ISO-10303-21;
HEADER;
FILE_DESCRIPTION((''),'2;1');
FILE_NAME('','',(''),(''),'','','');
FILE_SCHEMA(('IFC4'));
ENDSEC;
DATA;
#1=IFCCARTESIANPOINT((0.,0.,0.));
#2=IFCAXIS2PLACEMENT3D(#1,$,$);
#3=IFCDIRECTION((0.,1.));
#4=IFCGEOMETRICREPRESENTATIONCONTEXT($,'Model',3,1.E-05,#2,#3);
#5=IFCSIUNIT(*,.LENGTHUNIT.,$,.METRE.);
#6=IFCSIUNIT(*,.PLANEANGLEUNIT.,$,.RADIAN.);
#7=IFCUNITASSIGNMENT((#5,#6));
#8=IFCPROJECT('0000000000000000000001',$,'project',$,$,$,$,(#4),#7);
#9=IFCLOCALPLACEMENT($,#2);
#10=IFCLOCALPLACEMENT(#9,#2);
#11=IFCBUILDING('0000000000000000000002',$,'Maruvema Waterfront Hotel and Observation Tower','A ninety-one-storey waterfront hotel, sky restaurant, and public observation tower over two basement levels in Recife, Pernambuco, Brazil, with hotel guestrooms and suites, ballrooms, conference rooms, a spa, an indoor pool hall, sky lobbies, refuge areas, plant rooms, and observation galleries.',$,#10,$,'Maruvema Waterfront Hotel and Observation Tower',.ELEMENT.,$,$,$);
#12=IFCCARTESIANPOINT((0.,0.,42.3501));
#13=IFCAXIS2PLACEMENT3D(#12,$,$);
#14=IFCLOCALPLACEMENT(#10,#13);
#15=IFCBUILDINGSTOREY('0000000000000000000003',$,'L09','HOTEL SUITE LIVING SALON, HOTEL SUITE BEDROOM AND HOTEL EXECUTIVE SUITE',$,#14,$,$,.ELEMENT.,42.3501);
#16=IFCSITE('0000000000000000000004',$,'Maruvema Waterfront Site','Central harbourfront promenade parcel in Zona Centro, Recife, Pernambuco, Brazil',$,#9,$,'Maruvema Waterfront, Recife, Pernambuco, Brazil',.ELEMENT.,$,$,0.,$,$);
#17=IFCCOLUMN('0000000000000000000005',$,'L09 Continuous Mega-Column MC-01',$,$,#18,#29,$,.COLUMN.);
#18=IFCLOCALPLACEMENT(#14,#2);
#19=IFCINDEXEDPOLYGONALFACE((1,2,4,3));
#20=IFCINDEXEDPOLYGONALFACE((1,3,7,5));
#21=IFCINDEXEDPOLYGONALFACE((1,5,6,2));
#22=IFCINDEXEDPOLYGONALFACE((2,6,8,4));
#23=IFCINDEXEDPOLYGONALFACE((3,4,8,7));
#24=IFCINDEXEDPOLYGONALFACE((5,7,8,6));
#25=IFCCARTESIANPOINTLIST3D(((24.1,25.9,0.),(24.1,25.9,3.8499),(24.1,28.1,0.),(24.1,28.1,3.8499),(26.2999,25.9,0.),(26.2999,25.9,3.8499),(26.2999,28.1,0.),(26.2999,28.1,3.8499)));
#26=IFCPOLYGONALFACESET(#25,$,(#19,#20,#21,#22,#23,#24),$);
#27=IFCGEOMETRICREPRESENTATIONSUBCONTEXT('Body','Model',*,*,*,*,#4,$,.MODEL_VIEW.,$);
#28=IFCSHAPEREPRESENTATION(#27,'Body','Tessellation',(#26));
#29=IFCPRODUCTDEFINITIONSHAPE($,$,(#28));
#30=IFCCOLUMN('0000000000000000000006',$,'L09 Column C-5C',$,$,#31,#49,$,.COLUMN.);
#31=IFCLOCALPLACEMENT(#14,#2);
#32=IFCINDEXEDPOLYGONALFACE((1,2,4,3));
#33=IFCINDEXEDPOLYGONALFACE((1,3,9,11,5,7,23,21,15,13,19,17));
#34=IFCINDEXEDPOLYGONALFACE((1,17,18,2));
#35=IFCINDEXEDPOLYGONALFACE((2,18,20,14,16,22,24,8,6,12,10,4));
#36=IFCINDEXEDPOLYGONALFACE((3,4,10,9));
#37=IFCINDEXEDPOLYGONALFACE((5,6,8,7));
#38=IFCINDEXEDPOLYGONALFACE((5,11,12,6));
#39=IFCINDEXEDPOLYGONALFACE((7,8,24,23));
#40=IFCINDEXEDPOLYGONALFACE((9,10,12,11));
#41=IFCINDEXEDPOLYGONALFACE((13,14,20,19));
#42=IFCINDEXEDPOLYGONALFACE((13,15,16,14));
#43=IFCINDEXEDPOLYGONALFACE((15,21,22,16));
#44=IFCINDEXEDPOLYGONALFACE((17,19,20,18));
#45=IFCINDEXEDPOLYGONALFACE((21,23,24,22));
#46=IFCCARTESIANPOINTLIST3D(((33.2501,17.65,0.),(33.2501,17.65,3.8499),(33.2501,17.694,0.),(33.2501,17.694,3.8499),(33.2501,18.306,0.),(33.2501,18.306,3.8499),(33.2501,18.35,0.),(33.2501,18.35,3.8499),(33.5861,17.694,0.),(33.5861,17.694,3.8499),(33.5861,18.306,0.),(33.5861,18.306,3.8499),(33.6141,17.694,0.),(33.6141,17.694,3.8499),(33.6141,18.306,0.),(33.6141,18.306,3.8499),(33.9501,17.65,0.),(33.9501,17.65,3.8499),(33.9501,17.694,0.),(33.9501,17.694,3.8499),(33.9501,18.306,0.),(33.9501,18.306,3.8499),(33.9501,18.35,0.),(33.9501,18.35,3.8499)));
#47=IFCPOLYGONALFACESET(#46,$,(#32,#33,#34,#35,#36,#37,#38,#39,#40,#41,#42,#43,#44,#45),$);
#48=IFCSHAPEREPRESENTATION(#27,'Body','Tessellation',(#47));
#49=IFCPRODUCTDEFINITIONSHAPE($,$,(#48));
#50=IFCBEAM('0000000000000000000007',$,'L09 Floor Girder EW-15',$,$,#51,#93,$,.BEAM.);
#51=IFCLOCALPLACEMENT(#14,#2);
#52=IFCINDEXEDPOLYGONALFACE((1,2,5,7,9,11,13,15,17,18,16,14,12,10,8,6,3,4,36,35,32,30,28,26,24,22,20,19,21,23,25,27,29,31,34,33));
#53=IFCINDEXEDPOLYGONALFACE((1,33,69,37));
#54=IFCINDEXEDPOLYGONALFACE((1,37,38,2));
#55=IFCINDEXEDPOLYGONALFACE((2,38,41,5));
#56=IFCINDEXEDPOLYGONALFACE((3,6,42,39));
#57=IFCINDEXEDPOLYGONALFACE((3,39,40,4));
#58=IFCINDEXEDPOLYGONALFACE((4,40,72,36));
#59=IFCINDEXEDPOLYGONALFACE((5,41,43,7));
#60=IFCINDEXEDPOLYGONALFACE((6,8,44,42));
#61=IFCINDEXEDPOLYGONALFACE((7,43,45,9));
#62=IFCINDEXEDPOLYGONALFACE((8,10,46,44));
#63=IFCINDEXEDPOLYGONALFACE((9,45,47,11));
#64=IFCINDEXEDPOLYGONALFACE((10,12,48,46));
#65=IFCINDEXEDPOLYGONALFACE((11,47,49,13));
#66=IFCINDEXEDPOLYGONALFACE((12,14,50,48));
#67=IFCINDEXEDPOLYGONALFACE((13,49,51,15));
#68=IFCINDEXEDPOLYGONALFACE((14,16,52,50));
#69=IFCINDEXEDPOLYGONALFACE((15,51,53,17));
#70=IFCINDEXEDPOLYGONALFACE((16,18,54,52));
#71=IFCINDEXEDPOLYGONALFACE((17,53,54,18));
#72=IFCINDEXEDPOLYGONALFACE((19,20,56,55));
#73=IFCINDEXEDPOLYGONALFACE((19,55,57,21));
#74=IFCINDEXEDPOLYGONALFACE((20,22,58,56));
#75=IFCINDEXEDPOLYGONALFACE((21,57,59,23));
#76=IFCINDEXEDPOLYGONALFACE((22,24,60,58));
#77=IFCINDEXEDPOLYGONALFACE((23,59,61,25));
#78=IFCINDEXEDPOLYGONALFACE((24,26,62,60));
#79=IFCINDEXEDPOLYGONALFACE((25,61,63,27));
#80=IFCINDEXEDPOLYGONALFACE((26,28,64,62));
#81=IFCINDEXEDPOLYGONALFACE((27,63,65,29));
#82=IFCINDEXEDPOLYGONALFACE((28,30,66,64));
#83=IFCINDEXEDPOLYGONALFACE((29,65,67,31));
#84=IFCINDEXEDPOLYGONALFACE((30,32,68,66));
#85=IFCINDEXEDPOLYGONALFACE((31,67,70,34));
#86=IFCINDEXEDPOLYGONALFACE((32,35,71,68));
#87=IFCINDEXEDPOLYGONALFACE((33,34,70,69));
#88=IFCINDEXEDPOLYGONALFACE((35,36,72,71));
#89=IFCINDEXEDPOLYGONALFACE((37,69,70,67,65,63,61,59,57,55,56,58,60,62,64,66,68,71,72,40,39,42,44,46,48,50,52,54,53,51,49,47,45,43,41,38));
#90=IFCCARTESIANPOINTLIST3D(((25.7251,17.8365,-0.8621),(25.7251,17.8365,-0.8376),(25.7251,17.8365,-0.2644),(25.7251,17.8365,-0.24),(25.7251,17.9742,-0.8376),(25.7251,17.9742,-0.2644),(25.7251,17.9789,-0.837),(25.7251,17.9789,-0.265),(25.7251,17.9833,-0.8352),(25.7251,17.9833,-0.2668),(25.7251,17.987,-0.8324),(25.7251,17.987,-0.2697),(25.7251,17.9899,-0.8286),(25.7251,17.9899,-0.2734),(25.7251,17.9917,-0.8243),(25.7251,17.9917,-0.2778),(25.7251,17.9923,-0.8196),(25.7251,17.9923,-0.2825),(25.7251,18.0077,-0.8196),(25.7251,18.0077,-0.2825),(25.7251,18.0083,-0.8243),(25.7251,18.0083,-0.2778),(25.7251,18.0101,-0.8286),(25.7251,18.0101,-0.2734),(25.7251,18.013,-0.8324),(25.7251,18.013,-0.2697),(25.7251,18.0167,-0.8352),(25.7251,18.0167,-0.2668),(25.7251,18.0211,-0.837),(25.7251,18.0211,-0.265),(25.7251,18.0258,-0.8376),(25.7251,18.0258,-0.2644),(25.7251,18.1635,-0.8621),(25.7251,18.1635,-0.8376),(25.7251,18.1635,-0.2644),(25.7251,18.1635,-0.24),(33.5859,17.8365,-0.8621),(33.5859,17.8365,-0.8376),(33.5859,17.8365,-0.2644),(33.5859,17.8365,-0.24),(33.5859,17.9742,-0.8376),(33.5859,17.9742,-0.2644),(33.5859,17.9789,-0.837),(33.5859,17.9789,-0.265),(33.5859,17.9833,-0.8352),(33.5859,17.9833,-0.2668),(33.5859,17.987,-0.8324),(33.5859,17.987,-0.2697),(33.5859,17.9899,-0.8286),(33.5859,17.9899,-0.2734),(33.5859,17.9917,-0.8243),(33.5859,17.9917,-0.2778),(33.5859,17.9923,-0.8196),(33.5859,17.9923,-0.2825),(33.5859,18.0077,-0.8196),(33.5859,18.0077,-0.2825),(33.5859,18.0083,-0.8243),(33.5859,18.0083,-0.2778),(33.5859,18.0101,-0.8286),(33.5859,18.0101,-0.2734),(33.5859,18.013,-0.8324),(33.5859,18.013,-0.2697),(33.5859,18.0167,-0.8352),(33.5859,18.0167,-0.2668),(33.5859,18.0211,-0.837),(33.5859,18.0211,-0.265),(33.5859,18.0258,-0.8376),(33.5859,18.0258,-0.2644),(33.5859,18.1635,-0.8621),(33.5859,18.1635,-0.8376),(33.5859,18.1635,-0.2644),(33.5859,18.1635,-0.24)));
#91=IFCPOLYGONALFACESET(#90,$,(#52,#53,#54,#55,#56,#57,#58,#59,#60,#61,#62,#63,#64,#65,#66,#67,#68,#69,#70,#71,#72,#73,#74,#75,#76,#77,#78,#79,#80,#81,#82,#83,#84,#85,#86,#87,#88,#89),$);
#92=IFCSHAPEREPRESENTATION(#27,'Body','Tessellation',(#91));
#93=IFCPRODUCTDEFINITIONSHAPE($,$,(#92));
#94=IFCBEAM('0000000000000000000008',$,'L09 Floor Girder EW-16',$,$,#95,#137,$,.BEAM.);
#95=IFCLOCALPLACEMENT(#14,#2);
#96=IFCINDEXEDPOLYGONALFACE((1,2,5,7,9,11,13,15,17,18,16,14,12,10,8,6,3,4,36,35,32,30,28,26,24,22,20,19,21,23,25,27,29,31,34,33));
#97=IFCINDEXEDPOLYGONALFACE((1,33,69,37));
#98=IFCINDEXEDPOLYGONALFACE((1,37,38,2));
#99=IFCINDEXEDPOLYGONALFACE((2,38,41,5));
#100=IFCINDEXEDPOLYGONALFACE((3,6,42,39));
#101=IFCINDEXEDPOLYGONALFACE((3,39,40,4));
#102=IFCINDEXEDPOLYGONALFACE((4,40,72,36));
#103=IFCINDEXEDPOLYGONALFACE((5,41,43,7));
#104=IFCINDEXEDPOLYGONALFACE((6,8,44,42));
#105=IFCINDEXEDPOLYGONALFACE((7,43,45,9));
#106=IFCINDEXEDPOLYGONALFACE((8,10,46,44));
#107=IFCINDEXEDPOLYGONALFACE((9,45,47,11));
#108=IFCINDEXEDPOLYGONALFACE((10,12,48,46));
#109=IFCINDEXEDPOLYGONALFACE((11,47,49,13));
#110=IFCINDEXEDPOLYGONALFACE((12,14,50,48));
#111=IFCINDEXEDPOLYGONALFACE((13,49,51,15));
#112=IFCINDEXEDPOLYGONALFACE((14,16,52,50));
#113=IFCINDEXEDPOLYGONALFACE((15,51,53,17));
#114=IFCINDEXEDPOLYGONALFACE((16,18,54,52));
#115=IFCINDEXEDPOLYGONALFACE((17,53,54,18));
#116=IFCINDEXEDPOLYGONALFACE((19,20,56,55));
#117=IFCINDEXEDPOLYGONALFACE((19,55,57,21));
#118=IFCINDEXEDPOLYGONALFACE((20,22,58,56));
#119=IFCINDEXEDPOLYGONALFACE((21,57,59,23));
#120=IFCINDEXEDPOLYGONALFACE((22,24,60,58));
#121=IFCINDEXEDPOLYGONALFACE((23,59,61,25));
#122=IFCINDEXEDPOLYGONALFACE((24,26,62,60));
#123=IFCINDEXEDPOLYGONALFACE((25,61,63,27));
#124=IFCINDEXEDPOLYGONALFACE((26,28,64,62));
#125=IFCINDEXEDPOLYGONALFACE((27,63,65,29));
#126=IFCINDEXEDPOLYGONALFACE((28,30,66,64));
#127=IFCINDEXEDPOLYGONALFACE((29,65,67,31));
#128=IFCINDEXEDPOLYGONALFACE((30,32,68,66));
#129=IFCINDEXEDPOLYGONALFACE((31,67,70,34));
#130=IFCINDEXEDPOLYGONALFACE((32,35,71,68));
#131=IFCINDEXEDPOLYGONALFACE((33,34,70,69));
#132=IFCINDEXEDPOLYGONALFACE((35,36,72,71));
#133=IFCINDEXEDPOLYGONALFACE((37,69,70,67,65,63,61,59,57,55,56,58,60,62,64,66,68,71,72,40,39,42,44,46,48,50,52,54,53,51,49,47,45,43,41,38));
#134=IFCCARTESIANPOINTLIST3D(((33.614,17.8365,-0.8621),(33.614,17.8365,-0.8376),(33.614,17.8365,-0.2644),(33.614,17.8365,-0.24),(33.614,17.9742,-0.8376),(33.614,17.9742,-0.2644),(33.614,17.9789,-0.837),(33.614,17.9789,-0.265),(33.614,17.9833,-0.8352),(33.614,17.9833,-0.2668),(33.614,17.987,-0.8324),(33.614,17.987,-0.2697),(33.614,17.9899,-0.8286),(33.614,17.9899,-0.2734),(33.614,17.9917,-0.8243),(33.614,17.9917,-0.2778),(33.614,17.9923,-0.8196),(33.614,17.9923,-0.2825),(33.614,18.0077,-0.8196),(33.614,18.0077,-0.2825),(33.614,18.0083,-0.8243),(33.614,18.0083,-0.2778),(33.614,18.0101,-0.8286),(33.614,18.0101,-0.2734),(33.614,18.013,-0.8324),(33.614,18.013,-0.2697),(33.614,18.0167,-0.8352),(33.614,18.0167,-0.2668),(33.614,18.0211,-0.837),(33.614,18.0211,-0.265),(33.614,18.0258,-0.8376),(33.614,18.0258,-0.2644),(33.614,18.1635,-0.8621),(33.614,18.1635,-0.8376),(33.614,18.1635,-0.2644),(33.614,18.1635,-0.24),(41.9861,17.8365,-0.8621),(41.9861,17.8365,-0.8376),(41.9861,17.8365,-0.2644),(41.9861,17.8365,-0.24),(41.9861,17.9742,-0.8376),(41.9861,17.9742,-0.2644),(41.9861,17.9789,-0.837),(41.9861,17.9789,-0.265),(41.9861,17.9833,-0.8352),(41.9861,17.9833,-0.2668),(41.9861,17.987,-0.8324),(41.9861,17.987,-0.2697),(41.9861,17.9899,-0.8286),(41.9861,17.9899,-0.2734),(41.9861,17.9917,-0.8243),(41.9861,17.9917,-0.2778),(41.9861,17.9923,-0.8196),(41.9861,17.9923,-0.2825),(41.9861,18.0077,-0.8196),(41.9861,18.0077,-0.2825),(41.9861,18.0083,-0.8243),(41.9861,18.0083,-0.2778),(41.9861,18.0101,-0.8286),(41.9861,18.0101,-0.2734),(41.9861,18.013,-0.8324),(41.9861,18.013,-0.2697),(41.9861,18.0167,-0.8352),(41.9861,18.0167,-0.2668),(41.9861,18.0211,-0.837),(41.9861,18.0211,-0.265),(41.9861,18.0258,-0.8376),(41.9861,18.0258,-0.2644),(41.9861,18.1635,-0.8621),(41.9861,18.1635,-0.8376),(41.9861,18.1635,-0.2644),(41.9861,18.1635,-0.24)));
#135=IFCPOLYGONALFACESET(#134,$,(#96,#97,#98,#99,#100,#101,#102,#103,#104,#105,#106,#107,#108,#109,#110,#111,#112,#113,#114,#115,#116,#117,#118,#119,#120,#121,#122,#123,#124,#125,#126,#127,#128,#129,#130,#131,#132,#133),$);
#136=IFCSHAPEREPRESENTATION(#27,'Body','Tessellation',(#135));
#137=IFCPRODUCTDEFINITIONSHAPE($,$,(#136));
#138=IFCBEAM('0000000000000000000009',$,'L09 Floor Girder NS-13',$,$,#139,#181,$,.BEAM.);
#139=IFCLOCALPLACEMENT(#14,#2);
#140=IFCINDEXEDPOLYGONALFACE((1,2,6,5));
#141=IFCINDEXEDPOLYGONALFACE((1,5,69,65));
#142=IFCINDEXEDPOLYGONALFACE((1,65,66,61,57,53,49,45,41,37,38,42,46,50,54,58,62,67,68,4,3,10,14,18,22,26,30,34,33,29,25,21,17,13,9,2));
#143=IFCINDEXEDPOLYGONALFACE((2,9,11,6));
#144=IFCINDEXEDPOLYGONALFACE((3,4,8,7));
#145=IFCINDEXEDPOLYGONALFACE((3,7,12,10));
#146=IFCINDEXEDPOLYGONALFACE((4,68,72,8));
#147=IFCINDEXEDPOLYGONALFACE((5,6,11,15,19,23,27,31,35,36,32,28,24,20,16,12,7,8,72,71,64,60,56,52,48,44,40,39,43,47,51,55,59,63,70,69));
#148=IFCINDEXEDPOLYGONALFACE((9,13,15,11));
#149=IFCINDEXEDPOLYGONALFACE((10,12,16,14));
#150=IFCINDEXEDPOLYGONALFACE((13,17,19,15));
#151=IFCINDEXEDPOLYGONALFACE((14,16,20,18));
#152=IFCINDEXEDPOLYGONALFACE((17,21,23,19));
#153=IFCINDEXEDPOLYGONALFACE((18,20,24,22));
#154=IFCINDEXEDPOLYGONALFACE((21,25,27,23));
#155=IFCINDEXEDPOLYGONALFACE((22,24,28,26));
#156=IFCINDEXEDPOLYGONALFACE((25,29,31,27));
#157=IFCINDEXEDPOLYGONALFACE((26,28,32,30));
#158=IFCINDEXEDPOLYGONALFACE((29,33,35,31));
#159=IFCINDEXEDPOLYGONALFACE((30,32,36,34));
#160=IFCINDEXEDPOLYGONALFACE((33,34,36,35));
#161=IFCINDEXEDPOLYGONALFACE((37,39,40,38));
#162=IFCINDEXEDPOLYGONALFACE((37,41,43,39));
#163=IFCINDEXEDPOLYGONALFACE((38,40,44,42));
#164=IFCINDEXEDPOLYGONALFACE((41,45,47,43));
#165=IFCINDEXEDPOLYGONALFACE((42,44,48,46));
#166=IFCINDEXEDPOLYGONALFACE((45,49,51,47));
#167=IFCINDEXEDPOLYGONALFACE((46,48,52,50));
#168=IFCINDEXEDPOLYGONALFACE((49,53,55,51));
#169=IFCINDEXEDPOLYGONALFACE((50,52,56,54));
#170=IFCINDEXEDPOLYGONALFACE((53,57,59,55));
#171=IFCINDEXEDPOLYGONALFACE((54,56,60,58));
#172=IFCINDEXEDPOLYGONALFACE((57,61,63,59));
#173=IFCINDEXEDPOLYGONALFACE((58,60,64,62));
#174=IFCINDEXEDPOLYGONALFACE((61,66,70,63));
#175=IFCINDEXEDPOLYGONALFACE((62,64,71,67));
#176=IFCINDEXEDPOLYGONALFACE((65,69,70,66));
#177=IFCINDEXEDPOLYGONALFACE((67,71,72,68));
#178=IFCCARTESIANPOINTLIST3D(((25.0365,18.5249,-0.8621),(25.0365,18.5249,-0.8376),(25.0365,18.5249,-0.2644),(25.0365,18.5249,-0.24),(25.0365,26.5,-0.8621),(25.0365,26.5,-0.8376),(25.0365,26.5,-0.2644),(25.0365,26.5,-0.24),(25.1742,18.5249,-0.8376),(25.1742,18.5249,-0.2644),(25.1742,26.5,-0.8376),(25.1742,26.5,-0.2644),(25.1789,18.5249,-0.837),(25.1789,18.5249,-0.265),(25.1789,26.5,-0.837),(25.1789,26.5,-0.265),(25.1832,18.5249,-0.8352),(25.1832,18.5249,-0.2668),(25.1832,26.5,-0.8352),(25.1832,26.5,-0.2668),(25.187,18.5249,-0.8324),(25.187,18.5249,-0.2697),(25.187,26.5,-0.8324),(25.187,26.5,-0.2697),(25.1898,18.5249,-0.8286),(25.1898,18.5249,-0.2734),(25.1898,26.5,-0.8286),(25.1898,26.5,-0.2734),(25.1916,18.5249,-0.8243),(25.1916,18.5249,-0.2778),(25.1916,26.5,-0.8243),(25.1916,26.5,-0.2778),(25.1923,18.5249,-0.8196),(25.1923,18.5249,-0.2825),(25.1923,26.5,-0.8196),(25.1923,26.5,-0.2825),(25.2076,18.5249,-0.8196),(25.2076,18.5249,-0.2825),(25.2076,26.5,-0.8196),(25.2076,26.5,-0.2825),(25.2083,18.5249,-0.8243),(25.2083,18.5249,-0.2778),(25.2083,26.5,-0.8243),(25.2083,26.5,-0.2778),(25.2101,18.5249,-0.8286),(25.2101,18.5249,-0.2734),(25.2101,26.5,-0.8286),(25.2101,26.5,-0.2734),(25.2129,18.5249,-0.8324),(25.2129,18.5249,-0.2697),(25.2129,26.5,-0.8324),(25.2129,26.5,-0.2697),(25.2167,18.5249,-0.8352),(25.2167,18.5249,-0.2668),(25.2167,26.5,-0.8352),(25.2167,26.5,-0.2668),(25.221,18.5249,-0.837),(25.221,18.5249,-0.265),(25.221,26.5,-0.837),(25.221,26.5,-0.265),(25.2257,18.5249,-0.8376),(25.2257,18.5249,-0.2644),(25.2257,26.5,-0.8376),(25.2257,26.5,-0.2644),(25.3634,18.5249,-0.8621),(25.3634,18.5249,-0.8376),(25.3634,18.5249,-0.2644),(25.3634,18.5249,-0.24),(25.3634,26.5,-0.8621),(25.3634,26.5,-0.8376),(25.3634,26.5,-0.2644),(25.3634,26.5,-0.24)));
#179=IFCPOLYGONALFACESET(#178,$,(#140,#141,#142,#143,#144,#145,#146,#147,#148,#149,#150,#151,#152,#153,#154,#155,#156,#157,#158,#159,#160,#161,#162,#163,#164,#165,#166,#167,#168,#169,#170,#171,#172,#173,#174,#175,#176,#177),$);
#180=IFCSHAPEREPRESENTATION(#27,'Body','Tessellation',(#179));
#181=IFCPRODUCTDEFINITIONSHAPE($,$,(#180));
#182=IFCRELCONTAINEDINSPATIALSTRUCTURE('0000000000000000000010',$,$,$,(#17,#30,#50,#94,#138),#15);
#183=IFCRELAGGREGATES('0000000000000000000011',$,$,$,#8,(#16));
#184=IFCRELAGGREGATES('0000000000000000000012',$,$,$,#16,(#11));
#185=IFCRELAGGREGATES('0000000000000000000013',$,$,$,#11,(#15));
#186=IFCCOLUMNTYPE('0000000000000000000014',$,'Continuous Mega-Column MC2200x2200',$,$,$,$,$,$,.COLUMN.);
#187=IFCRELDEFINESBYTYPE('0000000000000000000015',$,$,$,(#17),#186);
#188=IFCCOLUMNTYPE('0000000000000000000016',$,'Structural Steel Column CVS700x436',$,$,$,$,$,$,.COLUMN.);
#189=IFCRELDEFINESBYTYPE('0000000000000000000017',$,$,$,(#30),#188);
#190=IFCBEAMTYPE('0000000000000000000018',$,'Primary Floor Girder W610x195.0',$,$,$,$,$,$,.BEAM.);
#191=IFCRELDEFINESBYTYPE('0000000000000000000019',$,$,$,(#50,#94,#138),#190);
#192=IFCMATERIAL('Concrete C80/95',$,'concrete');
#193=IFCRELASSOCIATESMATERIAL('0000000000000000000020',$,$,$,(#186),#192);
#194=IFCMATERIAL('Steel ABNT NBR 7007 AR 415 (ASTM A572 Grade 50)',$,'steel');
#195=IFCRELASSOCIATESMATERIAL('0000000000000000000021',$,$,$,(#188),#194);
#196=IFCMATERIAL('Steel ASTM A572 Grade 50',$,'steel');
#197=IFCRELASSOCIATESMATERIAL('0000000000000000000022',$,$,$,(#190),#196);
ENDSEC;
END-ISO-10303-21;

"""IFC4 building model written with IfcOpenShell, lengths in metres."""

from ifc_helpers import new_model, si_unit, direction, frame, origin, origin_2d, place, context, subcontext, project, spatial, rectangle, i_section, extrude, material, material_profile, profile_set, type_object, element, save


model = new_model("IFC4")

# Units and contexts
model_context = context("Model", 3, precision=1e-05, world=origin(), true_north=direction((0.0, 1.0)))
body_context = subcontext(model_context, "Body", "Model", "MODEL_VIEW")
ifc_project = project(units=[si_unit("LENGTHUNIT", "METRE"), si_unit("PLANEANGLEUNIT", "RADIAN")], contexts=[model_context])

# Site, building, storey
site_placement = place(None, origin())
site = spatial("IfcSite", under=ifc_project, at=site_placement, Name="Maruvema Waterfront Site", Description="Central harbourfront promenade parcel in Zona Centro, Recife, Pernambuco, Brazil", LongName="Maruvema Waterfront, Recife, Pernambuco, Brazil", CompositionType="ELEMENT", RefElevation=0.0)
building_placement = place(site_placement, origin())
building = spatial("IfcBuilding", under=site, at=building_placement, Name="Maruvema Waterfront Hotel and Observation Tower", Description="A ninety-one-storey waterfront hotel, sky restaurant, and public observation tower over two basement levels in Recife, Pernambuco, Brazil, with hotel guestrooms and suites, ballrooms, conference rooms, a spa, an indoor pool hall, sky lobbies, refuge areas, plant rooms, and observation galleries.", LongName="Maruvema Waterfront Hotel and Observation Tower", CompositionType="ELEMENT")
storey_placement = place(building_placement, frame((0.0, 0.0, 42.3501)))
storey = spatial("IfcBuildingStorey", under=building, at=storey_placement, Name="L09", Description="HOTEL SUITE LIVING SALON, HOTEL SUITE BEDROOM AND HOTEL EXECUTIVE SUITE", CompositionType="ELEMENT", Elevation=42.3501)

# Columns
ifc_material_1 = material(Name="Concrete C80/95", Category="concrete")
ifc_material_profile_1 = material_profile(ifc_material_1, rectangle(XDim=2.2, YDim=2.2, at=origin_2d()), Name="MC2200x2200")
ifc_profile_set_1 = profile_set([ifc_material_profile_1], Name="Concrete C80/95")
column_type_1 = type_object("IfcColumnType", Name="Continuous Mega-Column MC2200x2200", PredefinedType="COLUMN", material=ifc_profile_set_1)
column_1_placement = place(storey_placement, frame((25.2, 27.0, 0.0), z_axis=(0.0, 0.0, 1.0), x_axis=(1.0, 0.0, 0.0)))
element("IfcColumn", 1, at=column_1_placement, inside=storey, type_object=column_type_1, Name="L09 Continuous Mega-Column MC-01", PredefinedType="COLUMN", context=body_context, shape_type="SweptSolid", body=[
    extrude(rectangle(XDim=2.2, YDim=2.2, at=origin_2d()), origin(), (0.0, 0.0, 1.0), 3.8499),
])
ifc_material_2 = material(Name="Steel ABNT NBR 7007 AR 415 (ASTM A572 Grade 50)", Category="steel")
ifc_material_profile_2 = material_profile(ifc_material_2, i_section(OverallWidth=0.7, OverallDepth=0.7, WebThickness=0.0281, FlangeThickness=0.0439, at=origin_2d()), Name="CVS700x436")
ifc_profile_set_2 = profile_set([ifc_material_profile_2], Name="Steel ABNT NBR 7007 AR 415 (ASTM A572 Grade 50)")
column_type_2 = type_object("IfcColumnType", Name="Structural Steel Column CVS700x436", PredefinedType="COLUMN", material=ifc_profile_set_2)
column_2_placement = place(storey_placement, frame((33.6001, 18.0, 0.0), z_axis=(0.0, 0.0, 1.0), x_axis=(1.0, 0.0, 0.0)))
element("IfcColumn", 2, at=column_2_placement, inside=storey, type_object=column_type_2, Name="L09 Column C-5C", PredefinedType="COLUMN", context=body_context, shape_type="SweptSolid", body=[
    extrude(i_section(OverallWidth=0.7, OverallDepth=0.7, WebThickness=0.0281, FlangeThickness=0.0439, at=origin_2d()), origin(), (0.0, 0.0, 1.0), 3.8499),
])

# Beams
ifc_material_3 = material(Name="Steel ASTM A572 Grade 50", Category="steel")
ifc_material_profile_3 = material_profile(ifc_material_3, i_section(OverallWidth=0.3269, OverallDepth=0.6221, WebThickness=0.0154, FlangeThickness=0.0244, FilletRadius=0.0181, at=origin_2d()), Name="W610x195.0")
ifc_profile_set_3 = profile_set([ifc_material_profile_3], Name="Steel ASTM A572 Grade 50")
beam_type_1 = type_object("IfcBeamType", Name="Primary Floor Girder W610x195.0", PredefinedType="BEAM", material=ifc_profile_set_3)
beam_1_placement = place(storey_placement, frame((25.7251, 18.0, -0.551), z_axis=(1.0, 0.0, 0.0), x_axis=(0.0, 1.0, 0.0)))
element("IfcBeam", 3, at=beam_1_placement, inside=storey, type_object=beam_type_1, Name="L09 Floor Girder EW-15", PredefinedType="BEAM", context=body_context, shape_type="SweptSolid", body=[
    extrude(i_section(OverallWidth=0.3269, OverallDepth=0.6221, WebThickness=0.0154, FlangeThickness=0.0244, FilletRadius=0.0181, at=origin_2d()), origin(), (0.0, 0.0, 1.0), 7.8608),
])
beam_2_placement = place(storey_placement, frame((33.614, 18.0, -0.551), z_axis=(1.0, 0.0, 0.0), x_axis=(0.0, 1.0, 0.0)))
element("IfcBeam", 4, at=beam_2_placement, inside=storey, type_object=beam_type_1, Name="L09 Floor Girder EW-16", PredefinedType="BEAM", context=body_context, shape_type="SweptSolid", body=[
    extrude(i_section(OverallWidth=0.3269, OverallDepth=0.6221, WebThickness=0.0154, FlangeThickness=0.0244, FilletRadius=0.0181, at=origin_2d()), origin(), (0.0, 0.0, 1.0), 8.3721),
])
beam_3_placement = place(storey_placement, frame((25.2, 18.5249, -0.551), z_axis=(0.0, 1.0, 0.0), x_axis=(-1.0, 0.0, 0.0)))
element("IfcBeam", 5, at=beam_3_placement, inside=storey, type_object=beam_type_1, Name="L09 Floor Girder NS-13", PredefinedType="BEAM", context=body_context, shape_type="SweptSolid", body=[
    extrude(i_section(OverallWidth=0.3269, OverallDepth=0.6221, WebThickness=0.0154, FlangeThickness=0.0244, FilletRadius=0.0181, at=origin_2d()), origin(), (0.0, 0.0, 1.0), 7.9751),
])

save(model, "model.ifc")
